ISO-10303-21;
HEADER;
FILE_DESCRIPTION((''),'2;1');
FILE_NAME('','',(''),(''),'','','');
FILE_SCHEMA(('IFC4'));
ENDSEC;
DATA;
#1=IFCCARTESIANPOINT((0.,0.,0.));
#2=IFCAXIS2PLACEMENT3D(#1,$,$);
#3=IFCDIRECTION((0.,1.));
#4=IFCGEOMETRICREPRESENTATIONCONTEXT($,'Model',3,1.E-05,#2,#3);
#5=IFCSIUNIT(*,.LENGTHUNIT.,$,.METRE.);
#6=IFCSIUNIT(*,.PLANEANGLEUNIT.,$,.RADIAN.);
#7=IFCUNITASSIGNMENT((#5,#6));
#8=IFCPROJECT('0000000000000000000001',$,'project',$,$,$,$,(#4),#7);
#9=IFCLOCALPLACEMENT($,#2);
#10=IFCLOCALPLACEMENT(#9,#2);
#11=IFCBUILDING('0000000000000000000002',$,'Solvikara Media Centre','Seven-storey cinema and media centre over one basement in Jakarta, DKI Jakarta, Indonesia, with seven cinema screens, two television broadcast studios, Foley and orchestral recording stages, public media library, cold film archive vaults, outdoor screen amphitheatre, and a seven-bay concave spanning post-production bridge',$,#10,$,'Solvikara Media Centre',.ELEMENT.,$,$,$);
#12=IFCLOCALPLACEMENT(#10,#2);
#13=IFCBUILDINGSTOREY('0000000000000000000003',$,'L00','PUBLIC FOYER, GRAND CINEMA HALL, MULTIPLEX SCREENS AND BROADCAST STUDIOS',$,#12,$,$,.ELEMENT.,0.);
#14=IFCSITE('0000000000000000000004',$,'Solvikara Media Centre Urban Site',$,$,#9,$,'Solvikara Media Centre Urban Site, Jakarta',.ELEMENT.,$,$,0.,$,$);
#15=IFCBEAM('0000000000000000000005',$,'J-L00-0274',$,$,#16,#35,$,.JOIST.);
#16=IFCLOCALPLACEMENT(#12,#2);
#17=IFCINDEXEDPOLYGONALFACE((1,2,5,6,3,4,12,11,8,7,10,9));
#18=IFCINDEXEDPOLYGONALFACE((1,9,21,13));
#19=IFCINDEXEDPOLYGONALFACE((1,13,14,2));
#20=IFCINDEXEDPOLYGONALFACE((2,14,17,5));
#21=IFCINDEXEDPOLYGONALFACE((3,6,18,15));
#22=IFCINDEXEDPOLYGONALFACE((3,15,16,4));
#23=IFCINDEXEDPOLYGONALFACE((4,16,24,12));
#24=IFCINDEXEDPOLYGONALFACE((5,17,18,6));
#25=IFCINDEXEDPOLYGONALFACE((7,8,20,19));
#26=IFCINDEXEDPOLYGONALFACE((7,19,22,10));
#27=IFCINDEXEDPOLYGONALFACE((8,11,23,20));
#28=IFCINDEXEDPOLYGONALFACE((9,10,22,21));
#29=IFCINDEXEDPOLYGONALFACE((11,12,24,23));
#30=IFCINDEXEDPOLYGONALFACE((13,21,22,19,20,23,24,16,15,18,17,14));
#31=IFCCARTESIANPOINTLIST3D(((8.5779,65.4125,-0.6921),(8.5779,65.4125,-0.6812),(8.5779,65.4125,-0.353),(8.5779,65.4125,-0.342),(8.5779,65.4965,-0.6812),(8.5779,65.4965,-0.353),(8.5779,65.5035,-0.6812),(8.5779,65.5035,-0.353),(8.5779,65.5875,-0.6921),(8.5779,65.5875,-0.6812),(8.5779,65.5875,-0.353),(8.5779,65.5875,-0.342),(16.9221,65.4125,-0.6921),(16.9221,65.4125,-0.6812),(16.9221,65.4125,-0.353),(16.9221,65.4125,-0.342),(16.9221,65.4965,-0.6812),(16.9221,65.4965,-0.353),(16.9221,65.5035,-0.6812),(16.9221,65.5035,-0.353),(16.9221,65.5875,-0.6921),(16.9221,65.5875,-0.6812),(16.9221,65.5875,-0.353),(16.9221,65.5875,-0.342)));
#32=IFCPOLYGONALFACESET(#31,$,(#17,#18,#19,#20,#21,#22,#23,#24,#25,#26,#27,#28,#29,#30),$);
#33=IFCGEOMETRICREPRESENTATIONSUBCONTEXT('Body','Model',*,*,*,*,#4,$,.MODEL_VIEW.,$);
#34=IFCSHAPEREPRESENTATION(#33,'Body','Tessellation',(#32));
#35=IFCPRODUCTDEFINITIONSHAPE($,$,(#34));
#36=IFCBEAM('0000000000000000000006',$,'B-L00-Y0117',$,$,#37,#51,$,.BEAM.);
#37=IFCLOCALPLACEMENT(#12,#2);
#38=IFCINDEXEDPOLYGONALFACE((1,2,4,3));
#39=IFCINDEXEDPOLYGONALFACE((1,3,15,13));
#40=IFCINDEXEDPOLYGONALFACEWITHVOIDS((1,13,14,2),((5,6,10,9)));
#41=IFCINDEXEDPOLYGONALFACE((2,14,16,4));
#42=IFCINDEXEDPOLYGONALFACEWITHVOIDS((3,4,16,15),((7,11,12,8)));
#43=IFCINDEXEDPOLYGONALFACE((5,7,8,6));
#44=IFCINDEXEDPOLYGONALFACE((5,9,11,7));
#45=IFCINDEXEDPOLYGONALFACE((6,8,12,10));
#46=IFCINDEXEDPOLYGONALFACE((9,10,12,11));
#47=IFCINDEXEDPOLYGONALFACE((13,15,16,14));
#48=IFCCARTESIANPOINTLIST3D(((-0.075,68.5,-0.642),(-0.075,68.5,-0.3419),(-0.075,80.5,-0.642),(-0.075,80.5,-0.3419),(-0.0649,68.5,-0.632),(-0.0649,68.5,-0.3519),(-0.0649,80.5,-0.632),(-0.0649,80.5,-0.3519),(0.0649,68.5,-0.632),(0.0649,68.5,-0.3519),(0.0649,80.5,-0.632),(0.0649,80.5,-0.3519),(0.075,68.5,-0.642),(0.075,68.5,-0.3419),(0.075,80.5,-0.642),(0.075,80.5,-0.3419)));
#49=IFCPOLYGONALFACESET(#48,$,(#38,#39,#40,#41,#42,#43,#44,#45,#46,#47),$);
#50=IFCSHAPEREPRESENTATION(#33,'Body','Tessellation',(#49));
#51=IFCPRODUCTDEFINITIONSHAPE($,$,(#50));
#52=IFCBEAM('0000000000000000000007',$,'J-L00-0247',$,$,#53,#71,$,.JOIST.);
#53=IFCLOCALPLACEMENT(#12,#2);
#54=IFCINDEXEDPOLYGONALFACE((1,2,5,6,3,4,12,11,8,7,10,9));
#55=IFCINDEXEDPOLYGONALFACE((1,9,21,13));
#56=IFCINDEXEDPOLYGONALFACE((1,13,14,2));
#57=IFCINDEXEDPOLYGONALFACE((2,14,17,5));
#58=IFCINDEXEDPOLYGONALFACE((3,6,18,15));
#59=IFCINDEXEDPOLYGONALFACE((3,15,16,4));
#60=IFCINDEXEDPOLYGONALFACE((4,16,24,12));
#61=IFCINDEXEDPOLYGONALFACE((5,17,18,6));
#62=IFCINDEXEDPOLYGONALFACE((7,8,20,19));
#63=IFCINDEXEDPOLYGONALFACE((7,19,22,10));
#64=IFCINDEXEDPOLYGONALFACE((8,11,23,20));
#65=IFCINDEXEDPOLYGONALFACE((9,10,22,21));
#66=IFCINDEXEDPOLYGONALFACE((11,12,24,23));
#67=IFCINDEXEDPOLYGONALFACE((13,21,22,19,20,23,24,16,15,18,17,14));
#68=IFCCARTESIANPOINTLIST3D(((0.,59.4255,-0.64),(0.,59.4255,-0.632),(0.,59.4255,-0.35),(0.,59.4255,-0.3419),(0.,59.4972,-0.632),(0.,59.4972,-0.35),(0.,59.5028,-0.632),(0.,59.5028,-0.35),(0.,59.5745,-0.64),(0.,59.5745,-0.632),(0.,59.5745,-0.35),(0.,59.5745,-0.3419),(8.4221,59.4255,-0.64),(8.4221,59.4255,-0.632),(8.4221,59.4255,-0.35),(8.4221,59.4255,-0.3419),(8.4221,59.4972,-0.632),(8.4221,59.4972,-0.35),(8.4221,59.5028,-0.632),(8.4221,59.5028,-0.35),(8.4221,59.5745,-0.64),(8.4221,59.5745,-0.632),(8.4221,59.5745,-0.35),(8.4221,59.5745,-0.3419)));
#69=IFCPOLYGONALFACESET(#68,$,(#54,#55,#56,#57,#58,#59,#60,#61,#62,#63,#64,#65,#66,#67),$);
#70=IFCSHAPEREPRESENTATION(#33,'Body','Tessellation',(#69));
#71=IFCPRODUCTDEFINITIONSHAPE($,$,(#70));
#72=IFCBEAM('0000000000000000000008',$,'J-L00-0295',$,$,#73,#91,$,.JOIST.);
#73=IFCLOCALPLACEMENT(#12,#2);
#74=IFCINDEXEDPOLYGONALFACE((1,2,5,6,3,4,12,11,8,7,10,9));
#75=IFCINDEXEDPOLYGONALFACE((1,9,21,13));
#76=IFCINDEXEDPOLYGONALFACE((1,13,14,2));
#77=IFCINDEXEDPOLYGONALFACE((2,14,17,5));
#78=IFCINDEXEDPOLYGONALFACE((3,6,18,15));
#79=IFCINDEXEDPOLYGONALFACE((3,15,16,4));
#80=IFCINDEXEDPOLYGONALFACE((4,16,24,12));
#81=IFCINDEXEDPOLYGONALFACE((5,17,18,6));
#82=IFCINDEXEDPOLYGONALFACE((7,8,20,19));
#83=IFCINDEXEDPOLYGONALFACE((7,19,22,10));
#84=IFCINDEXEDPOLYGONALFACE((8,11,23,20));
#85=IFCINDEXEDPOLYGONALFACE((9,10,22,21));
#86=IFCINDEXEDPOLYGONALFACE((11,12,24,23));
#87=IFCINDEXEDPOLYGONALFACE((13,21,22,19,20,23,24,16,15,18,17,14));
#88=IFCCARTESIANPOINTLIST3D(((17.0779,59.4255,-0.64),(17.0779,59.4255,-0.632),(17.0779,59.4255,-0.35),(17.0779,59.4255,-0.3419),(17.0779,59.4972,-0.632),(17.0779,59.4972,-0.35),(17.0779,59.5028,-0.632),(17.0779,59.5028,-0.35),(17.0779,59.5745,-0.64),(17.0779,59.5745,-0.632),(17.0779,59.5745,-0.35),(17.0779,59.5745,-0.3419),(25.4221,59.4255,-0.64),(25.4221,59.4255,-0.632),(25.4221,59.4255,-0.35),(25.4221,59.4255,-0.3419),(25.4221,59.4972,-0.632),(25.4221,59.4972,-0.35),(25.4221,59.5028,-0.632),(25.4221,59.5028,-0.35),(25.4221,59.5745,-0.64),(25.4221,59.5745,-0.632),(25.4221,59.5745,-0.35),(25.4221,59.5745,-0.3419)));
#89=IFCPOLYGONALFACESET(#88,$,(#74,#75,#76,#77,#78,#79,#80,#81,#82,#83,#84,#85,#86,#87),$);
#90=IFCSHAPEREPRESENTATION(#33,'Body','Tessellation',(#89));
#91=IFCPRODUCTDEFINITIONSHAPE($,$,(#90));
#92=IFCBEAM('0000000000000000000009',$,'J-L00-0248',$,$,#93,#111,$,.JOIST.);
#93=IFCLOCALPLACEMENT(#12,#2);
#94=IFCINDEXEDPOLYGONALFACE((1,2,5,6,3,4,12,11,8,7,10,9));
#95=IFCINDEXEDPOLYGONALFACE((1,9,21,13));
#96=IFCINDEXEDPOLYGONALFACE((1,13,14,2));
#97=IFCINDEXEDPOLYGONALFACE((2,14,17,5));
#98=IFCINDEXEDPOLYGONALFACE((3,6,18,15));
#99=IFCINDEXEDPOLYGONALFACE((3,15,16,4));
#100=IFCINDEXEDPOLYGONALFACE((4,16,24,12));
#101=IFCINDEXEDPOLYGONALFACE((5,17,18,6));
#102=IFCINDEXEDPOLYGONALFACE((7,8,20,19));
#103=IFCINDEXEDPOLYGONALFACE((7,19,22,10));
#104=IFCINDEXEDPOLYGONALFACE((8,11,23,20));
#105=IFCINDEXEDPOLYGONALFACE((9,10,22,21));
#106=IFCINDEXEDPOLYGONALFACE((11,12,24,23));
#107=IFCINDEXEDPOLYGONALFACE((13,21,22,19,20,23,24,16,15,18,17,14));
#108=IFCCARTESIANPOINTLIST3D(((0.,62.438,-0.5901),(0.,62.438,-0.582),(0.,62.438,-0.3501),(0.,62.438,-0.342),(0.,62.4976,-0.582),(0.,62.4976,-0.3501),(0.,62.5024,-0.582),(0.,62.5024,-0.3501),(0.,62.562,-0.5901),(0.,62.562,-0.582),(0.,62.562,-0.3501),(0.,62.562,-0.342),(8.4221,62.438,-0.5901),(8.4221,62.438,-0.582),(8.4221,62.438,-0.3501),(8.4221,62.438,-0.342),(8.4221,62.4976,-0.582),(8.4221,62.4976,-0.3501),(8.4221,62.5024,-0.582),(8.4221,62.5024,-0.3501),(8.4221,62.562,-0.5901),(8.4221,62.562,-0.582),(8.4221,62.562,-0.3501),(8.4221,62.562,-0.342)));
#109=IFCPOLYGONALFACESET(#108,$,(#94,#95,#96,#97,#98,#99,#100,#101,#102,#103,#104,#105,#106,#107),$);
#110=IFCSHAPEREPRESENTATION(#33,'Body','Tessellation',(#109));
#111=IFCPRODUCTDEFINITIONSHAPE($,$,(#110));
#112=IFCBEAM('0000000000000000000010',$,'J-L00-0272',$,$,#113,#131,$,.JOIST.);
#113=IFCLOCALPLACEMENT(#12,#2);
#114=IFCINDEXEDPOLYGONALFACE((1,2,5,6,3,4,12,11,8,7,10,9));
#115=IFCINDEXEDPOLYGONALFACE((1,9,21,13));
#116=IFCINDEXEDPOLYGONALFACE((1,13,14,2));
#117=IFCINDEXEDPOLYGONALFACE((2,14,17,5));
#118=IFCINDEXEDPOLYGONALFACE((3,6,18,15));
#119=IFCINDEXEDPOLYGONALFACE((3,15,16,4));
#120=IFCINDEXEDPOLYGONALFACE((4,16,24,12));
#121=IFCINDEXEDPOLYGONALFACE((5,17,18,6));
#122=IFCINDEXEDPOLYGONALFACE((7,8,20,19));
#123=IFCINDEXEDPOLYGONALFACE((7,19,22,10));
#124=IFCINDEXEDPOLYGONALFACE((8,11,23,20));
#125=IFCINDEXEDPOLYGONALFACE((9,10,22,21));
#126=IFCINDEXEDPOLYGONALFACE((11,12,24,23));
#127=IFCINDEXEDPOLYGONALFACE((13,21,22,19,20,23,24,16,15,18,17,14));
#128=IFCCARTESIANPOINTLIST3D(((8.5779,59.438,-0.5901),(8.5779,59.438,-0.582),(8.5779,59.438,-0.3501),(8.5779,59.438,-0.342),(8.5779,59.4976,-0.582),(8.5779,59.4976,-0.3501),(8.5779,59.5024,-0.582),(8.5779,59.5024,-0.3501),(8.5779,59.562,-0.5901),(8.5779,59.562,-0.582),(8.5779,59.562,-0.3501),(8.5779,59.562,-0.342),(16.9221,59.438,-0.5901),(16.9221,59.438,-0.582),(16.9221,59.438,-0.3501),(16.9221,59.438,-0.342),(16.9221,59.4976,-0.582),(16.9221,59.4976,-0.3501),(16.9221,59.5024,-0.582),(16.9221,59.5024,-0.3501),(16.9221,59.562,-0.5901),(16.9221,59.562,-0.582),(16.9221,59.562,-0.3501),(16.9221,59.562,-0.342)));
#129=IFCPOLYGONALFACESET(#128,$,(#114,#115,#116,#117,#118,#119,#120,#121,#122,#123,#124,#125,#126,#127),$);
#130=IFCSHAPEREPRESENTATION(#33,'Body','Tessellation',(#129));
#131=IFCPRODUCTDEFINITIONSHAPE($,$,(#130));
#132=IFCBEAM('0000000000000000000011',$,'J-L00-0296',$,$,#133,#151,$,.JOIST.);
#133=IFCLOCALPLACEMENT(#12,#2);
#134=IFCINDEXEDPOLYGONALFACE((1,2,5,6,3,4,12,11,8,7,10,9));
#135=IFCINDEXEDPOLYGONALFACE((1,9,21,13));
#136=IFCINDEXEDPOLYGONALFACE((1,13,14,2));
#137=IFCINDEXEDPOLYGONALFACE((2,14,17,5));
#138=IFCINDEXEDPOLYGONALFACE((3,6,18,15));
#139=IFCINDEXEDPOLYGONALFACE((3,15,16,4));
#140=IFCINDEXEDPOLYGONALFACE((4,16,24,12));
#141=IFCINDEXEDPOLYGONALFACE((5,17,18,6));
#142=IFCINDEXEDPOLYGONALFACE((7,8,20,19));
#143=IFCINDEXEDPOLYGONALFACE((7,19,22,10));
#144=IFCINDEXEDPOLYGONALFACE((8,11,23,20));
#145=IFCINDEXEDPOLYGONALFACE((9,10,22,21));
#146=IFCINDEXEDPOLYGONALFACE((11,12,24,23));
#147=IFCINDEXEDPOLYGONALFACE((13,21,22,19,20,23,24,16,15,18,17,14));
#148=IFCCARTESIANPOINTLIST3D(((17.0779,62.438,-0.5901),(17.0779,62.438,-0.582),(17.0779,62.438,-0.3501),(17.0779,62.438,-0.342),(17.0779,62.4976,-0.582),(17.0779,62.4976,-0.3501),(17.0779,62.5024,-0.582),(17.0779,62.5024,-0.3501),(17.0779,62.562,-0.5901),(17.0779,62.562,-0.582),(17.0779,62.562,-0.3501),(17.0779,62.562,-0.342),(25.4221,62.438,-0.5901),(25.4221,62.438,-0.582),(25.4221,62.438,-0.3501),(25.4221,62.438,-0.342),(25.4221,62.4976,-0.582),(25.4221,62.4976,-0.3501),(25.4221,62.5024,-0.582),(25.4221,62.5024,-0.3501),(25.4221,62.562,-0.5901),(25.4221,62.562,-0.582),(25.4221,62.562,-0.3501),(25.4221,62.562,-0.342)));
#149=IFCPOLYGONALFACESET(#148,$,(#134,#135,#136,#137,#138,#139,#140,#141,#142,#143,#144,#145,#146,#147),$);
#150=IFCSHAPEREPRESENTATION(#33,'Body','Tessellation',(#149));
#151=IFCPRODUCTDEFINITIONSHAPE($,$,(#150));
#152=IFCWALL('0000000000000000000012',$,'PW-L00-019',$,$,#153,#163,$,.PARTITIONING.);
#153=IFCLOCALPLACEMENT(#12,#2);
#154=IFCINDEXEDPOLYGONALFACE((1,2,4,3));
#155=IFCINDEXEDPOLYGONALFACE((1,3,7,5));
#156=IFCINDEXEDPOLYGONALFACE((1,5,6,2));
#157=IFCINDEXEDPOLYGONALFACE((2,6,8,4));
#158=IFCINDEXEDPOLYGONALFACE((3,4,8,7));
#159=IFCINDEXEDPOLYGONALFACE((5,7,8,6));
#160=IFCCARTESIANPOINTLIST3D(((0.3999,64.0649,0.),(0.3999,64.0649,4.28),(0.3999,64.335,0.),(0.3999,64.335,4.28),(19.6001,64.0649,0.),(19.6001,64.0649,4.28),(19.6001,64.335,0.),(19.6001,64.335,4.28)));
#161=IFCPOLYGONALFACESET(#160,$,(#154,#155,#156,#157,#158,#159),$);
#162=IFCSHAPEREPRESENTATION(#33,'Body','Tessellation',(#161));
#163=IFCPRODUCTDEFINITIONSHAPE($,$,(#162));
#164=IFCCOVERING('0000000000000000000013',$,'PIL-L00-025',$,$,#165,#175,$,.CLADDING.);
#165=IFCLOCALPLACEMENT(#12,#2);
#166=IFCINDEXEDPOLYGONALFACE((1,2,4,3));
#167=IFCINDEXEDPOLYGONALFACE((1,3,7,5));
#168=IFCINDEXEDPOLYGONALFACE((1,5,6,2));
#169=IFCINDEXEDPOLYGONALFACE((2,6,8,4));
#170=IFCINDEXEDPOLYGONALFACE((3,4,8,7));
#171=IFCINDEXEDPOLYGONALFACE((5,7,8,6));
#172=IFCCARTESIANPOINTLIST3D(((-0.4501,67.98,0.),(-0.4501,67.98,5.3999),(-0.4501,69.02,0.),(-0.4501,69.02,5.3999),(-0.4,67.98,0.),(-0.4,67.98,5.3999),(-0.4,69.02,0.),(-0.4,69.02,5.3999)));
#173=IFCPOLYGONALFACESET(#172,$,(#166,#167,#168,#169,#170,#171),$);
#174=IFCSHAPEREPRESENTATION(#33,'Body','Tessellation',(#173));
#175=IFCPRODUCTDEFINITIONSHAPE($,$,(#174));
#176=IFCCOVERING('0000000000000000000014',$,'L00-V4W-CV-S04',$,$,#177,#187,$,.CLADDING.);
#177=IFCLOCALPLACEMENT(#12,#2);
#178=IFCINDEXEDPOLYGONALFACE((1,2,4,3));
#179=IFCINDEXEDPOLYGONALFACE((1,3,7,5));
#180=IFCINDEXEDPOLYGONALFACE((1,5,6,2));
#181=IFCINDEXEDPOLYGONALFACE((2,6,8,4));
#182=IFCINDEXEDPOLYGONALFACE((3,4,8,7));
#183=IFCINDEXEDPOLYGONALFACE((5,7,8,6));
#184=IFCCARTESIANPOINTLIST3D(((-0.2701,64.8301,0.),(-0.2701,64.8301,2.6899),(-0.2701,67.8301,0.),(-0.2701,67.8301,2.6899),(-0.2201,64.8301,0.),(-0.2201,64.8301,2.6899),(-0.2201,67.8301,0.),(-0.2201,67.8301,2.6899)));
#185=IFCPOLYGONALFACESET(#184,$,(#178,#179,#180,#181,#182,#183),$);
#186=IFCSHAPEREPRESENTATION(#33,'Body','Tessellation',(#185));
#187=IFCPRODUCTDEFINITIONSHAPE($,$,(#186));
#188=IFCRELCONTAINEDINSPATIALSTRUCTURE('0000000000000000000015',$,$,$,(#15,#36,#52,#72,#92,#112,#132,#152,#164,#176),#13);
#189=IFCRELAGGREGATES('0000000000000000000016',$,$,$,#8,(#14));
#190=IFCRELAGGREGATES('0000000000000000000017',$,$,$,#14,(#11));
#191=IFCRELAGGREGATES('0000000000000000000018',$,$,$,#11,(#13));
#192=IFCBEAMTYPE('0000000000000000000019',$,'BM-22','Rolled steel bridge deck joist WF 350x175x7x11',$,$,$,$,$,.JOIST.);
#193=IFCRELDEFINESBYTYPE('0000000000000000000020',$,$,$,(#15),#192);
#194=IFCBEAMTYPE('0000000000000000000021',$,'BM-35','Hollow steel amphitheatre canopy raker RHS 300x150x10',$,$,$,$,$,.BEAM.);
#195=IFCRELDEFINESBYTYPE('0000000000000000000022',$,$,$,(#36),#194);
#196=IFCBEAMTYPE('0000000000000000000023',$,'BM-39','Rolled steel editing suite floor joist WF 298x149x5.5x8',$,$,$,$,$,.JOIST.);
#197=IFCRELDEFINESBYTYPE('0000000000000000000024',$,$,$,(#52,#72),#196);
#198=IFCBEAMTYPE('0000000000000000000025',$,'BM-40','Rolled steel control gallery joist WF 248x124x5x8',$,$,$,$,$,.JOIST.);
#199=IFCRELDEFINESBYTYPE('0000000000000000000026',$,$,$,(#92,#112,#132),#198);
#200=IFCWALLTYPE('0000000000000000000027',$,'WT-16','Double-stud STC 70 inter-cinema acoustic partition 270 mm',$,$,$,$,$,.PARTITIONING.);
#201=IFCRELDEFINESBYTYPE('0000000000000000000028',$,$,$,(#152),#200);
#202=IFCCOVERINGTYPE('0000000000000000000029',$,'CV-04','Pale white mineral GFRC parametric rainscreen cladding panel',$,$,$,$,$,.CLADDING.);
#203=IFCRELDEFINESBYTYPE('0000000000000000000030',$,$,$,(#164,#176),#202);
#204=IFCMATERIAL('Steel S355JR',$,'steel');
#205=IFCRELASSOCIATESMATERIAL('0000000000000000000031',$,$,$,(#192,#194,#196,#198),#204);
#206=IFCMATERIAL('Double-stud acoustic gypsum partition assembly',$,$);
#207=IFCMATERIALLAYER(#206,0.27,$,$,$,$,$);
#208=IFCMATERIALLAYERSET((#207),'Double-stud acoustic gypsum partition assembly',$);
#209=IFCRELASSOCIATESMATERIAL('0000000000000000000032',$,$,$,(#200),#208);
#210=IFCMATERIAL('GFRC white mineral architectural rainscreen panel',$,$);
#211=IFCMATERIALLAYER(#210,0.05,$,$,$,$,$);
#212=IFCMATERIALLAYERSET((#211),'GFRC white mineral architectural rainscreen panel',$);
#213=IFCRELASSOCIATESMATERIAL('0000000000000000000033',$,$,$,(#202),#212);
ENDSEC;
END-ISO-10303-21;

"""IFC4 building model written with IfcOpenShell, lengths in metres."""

from ifc_helpers import new_model, si_unit, direction, frame, frame_2d, origin, origin_2d, place, context, subcontext, project, spatial, rectangle, hollow_rectangle, i_section, extrude, material, layer, layer_set, material_profile, profile_set, type_object, element, save


model = new_model("IFC4")

# Units and contexts
model_context = context("Model", 3, precision=1e-05, world=origin(), true_north=direction((0.0, 1.0)))
body_context = subcontext(model_context, "Body", "Model", "MODEL_VIEW")
ifc_project = project(units=[si_unit("LENGTHUNIT", "METRE"), si_unit("PLANEANGLEUNIT", "RADIAN")], contexts=[model_context])

# Site, building, storey
site_placement = place(None, origin())
site = spatial("IfcSite", under=ifc_project, at=site_placement, Name="Solvikara Media Centre Urban Site", LongName="Solvikara Media Centre Urban Site, Jakarta", CompositionType="ELEMENT", RefElevation=0.0)
building_placement = place(site_placement, origin())
building = spatial("IfcBuilding", under=site, at=building_placement, Name="Solvikara Media Centre", Description="Seven-storey cinema and media centre over one basement in Jakarta, DKI Jakarta, Indonesia, with seven cinema screens, two television broadcast studios, Foley and orchestral recording stages, public media library, cold film archive vaults, outdoor screen amphitheatre, and a seven-bay concave spanning post-production bridge", LongName="Solvikara Media Centre", CompositionType="ELEMENT")
storey_placement = place(building_placement, origin())
storey = spatial("IfcBuildingStorey", under=building, at=storey_placement, Name="L00", Description="PUBLIC FOYER, GRAND CINEMA HALL, MULTIPLEX SCREENS AND BROADCAST STUDIOS", CompositionType="ELEMENT", Elevation=0.0)

# Beams
ifc_material_1 = material(Name="Steel S355JR", Category="steel")
ifc_material_profile_1 = material_profile(ifc_material_1, i_section(OverallWidth=0.175, OverallDepth=0.3501, WebThickness=0.0071, FlangeThickness=0.011, at=origin_2d()), Name="WF 350x175x7x11")
ifc_profile_set_1 = profile_set([ifc_material_profile_1], Name="Steel S355JR")
beam_type_1 = type_object("IfcBeamType", Name="BM-22", Description="Rolled steel bridge deck joist WF 350x175x7x11", PredefinedType="JOIST", material=ifc_profile_set_1)
beam_1_placement = place(storey_placement, frame((8.5779, 65.5, -0.5171), z_axis=(1.0, 0.0, 0.0), x_axis=(0.0, 1.0, 0.0)))
element("IfcBeam", 1, at=beam_1_placement, inside=storey, type_object=beam_type_1, Name="J-L00-0274", PredefinedType="JOIST", context=body_context, shape_type="SweptSolid", body=[
    extrude(i_section(OverallWidth=0.175, OverallDepth=0.3501, WebThickness=0.0071, FlangeThickness=0.011, at=origin_2d()), origin(), (0.0, 0.0, 1.0), 8.3442),
])
ifc_material_profile_2 = material_profile(ifc_material_1, hollow_rectangle(XDim=0.1499, YDim=0.3, WallThickness=0.01, at=origin_2d()), Name="RHS 300x150x10")
ifc_profile_set_2 = profile_set([ifc_material_profile_2], Name="Steel S355JR")
beam_type_2 = type_object("IfcBeamType", Name="BM-35", Description="Hollow steel amphitheatre canopy raker RHS 300x150x10", PredefinedType="BEAM", material=ifc_profile_set_2)
beam_2_placement = place(storey_placement, frame((0.0, 68.5, -0.4919), z_axis=(0.0, 1.0, 0.0), x_axis=(-1.0, 0.0, 0.0)))
element("IfcBeam", 2, at=beam_2_placement, inside=storey, type_object=beam_type_2, Name="B-L00-Y0117", PredefinedType="BEAM", context=body_context, shape_type="SweptSolid", body=[
    extrude(hollow_rectangle(XDim=0.1499, YDim=0.3, WallThickness=0.01, at=origin_2d()), origin(), (0.0, 0.0, 1.0), 12.0),
])
ifc_material_profile_3 = material_profile(ifc_material_1, i_section(OverallWidth=0.1489, OverallDepth=0.2981, WebThickness=0.0056, FlangeThickness=0.0081, at=origin_2d()), Name="WF 298x149x5.5x8")
ifc_profile_set_3 = profile_set([ifc_material_profile_3], Name="Steel S355JR")
beam_type_3 = type_object("IfcBeamType", Name="BM-39", Description="Rolled steel editing suite floor joist WF 298x149x5.5x8", PredefinedType="JOIST", material=ifc_profile_set_3)
beam_3_placement = place(storey_placement, frame((0.0, 59.5, -0.491), z_axis=(1.0, 0.0, 0.0), x_axis=(0.0, 1.0, 0.0)))
element("IfcBeam", 3, at=beam_3_placement, inside=storey, type_object=beam_type_3, Name="J-L00-0247", PredefinedType="JOIST", context=body_context, shape_type="SweptSolid", body=[
    extrude(i_section(OverallWidth=0.1489, OverallDepth=0.2981, WebThickness=0.0056, FlangeThickness=0.0081, at=origin_2d()), origin(), (0.0, 0.0, 1.0), 8.4221),
])
beam_4_placement = place(storey_placement, frame((17.0779, 59.5, -0.491), z_axis=(1.0, 0.0, 0.0), x_axis=(0.0, 1.0, 0.0)))
element("IfcBeam", 4, at=beam_4_placement, inside=storey, type_object=beam_type_3, Name="J-L00-0295", PredefinedType="JOIST", context=body_context, shape_type="SweptSolid", body=[
    extrude(i_section(OverallWidth=0.1489, OverallDepth=0.2981, WebThickness=0.0056, FlangeThickness=0.0081, at=origin_2d()), origin(), (0.0, 0.0, 1.0), 8.3442),
])
ifc_material_profile_4 = material_profile(ifc_material_1, i_section(OverallWidth=0.124, OverallDepth=0.248, WebThickness=0.0049, FlangeThickness=0.0081, at=origin_2d()), Name="WF 248x124x5x8")
ifc_profile_set_4 = profile_set([ifc_material_profile_4], Name="Steel S355JR")
beam_type_4 = type_object("IfcBeamType", Name="BM-40", Description="Rolled steel control gallery joist WF 248x124x5x8", PredefinedType="JOIST", material=ifc_profile_set_4)
beam_5_placement = place(storey_placement, frame((0.0, 62.5, -0.4661), z_axis=(1.0, 0.0, 0.0), x_axis=(0.0, 1.0, 0.0)))
element("IfcBeam", 5, at=beam_5_placement, inside=storey, type_object=beam_type_4, Name="J-L00-0248", PredefinedType="JOIST", context=body_context, shape_type="SweptSolid", body=[
    extrude(i_section(OverallWidth=0.124, OverallDepth=0.248, WebThickness=0.0049, FlangeThickness=0.0081, at=origin_2d()), origin(), (0.0, 0.0, 1.0), 8.4221),
])
for number, where, z_axis, x_axis, name in (
    (6, (8.5779, 59.5, -0.4661), (1.0, 0.0, 0.0), (0.0, 1.0, 0.0), "J-L00-0272"),
    (7, (17.0779, 62.5, -0.4661), (1.0, 0.0, 0.0), (0.0, 1.0, 0.0), "J-L00-0296"),
):
    element("IfcBeam", number, at=place(storey_placement, frame(where, z_axis=z_axis, x_axis=x_axis)), inside=storey, type_object=beam_type_4, Name=name, PredefinedType="JOIST", context=body_context, shape_type="SweptSolid", body=[
        extrude(i_section(OverallWidth=0.124, OverallDepth=0.248, WebThickness=0.0049, FlangeThickness=0.0081, at=origin_2d()), origin(), (0.0, 0.0, 1.0), 8.3442),
    ])

# Wall
ifc_material_2 = material(Name="Double-stud acoustic gypsum partition assembly")
ifc_layer_1 = layer(ifc_material_2, 0.27)
ifc_layer_set_1 = layer_set([ifc_layer_1], Name="Double-stud acoustic gypsum partition assembly")
wall_type = type_object("IfcWallType", Name="WT-16", Description="Double-stud STC 70 inter-cinema acoustic partition 270 mm", PredefinedType="PARTITIONING", material=ifc_layer_set_1)
wall_placement = place(storey_placement, frame((0.3999, 64.2, 0.0), z_axis=(0.0, 0.0, 1.0), x_axis=(1.0, 0.0, 0.0)))
element("IfcWall", 8, at=wall_placement, inside=storey, type_object=wall_type, Name="PW-L00-019", PredefinedType="PARTITIONING", context=body_context, shape_type="SweptSolid", body=[
    extrude(rectangle(XDim=19.2002, YDim=0.27, at=frame_2d((9.6001, 0.0))), origin(), (0.0, 0.0, 1.0), 4.28),
])

# Coverings
ifc_material_3 = material(Name="GFRC white mineral architectural rainscreen panel")
ifc_layer_2 = layer(ifc_material_3, 0.05)
ifc_layer_set_2 = layer_set([ifc_layer_2], Name="GFRC white mineral architectural rainscreen panel")
covering_type = type_object("IfcCoveringType", Name="CV-04", Description="Pale white mineral GFRC parametric rainscreen cladding panel", PredefinedType="CLADDING", material=ifc_layer_set_2)
covering_1_placement = place(storey_placement, frame((-0.425, 68.5, 0.0), z_axis=(0.0, 0.0, 1.0), x_axis=(0.0, -1.0, 0.0)))
element("IfcCovering", 9, at=covering_1_placement, inside=storey, type_object=covering_type, Name="PIL-L00-025", PredefinedType="CLADDING", context=body_context, shape_type="SweptSolid", body=[
    extrude(rectangle(XDim=1.04, YDim=0.05, at=origin_2d()), origin(), (0.0, 0.0, 1.0), 5.3999),
])
covering_2_placement = place(storey_placement, frame((-0.2451, 66.3301, 0.0), z_axis=(0.0, 0.0, 1.0), x_axis=(0.0, 1.0, 0.0)))
element("IfcCovering", 10, at=covering_2_placement, inside=storey, type_object=covering_type, Name="L00-V4W-CV-S04", PredefinedType="CLADDING", context=body_context, shape_type="SweptSolid", body=[
    extrude(rectangle(XDim=3.0, YDim=0.05, at=origin_2d()), origin(), (0.0, 0.0, 1.0), 2.6899),
])

save(model, "model.ifc")
